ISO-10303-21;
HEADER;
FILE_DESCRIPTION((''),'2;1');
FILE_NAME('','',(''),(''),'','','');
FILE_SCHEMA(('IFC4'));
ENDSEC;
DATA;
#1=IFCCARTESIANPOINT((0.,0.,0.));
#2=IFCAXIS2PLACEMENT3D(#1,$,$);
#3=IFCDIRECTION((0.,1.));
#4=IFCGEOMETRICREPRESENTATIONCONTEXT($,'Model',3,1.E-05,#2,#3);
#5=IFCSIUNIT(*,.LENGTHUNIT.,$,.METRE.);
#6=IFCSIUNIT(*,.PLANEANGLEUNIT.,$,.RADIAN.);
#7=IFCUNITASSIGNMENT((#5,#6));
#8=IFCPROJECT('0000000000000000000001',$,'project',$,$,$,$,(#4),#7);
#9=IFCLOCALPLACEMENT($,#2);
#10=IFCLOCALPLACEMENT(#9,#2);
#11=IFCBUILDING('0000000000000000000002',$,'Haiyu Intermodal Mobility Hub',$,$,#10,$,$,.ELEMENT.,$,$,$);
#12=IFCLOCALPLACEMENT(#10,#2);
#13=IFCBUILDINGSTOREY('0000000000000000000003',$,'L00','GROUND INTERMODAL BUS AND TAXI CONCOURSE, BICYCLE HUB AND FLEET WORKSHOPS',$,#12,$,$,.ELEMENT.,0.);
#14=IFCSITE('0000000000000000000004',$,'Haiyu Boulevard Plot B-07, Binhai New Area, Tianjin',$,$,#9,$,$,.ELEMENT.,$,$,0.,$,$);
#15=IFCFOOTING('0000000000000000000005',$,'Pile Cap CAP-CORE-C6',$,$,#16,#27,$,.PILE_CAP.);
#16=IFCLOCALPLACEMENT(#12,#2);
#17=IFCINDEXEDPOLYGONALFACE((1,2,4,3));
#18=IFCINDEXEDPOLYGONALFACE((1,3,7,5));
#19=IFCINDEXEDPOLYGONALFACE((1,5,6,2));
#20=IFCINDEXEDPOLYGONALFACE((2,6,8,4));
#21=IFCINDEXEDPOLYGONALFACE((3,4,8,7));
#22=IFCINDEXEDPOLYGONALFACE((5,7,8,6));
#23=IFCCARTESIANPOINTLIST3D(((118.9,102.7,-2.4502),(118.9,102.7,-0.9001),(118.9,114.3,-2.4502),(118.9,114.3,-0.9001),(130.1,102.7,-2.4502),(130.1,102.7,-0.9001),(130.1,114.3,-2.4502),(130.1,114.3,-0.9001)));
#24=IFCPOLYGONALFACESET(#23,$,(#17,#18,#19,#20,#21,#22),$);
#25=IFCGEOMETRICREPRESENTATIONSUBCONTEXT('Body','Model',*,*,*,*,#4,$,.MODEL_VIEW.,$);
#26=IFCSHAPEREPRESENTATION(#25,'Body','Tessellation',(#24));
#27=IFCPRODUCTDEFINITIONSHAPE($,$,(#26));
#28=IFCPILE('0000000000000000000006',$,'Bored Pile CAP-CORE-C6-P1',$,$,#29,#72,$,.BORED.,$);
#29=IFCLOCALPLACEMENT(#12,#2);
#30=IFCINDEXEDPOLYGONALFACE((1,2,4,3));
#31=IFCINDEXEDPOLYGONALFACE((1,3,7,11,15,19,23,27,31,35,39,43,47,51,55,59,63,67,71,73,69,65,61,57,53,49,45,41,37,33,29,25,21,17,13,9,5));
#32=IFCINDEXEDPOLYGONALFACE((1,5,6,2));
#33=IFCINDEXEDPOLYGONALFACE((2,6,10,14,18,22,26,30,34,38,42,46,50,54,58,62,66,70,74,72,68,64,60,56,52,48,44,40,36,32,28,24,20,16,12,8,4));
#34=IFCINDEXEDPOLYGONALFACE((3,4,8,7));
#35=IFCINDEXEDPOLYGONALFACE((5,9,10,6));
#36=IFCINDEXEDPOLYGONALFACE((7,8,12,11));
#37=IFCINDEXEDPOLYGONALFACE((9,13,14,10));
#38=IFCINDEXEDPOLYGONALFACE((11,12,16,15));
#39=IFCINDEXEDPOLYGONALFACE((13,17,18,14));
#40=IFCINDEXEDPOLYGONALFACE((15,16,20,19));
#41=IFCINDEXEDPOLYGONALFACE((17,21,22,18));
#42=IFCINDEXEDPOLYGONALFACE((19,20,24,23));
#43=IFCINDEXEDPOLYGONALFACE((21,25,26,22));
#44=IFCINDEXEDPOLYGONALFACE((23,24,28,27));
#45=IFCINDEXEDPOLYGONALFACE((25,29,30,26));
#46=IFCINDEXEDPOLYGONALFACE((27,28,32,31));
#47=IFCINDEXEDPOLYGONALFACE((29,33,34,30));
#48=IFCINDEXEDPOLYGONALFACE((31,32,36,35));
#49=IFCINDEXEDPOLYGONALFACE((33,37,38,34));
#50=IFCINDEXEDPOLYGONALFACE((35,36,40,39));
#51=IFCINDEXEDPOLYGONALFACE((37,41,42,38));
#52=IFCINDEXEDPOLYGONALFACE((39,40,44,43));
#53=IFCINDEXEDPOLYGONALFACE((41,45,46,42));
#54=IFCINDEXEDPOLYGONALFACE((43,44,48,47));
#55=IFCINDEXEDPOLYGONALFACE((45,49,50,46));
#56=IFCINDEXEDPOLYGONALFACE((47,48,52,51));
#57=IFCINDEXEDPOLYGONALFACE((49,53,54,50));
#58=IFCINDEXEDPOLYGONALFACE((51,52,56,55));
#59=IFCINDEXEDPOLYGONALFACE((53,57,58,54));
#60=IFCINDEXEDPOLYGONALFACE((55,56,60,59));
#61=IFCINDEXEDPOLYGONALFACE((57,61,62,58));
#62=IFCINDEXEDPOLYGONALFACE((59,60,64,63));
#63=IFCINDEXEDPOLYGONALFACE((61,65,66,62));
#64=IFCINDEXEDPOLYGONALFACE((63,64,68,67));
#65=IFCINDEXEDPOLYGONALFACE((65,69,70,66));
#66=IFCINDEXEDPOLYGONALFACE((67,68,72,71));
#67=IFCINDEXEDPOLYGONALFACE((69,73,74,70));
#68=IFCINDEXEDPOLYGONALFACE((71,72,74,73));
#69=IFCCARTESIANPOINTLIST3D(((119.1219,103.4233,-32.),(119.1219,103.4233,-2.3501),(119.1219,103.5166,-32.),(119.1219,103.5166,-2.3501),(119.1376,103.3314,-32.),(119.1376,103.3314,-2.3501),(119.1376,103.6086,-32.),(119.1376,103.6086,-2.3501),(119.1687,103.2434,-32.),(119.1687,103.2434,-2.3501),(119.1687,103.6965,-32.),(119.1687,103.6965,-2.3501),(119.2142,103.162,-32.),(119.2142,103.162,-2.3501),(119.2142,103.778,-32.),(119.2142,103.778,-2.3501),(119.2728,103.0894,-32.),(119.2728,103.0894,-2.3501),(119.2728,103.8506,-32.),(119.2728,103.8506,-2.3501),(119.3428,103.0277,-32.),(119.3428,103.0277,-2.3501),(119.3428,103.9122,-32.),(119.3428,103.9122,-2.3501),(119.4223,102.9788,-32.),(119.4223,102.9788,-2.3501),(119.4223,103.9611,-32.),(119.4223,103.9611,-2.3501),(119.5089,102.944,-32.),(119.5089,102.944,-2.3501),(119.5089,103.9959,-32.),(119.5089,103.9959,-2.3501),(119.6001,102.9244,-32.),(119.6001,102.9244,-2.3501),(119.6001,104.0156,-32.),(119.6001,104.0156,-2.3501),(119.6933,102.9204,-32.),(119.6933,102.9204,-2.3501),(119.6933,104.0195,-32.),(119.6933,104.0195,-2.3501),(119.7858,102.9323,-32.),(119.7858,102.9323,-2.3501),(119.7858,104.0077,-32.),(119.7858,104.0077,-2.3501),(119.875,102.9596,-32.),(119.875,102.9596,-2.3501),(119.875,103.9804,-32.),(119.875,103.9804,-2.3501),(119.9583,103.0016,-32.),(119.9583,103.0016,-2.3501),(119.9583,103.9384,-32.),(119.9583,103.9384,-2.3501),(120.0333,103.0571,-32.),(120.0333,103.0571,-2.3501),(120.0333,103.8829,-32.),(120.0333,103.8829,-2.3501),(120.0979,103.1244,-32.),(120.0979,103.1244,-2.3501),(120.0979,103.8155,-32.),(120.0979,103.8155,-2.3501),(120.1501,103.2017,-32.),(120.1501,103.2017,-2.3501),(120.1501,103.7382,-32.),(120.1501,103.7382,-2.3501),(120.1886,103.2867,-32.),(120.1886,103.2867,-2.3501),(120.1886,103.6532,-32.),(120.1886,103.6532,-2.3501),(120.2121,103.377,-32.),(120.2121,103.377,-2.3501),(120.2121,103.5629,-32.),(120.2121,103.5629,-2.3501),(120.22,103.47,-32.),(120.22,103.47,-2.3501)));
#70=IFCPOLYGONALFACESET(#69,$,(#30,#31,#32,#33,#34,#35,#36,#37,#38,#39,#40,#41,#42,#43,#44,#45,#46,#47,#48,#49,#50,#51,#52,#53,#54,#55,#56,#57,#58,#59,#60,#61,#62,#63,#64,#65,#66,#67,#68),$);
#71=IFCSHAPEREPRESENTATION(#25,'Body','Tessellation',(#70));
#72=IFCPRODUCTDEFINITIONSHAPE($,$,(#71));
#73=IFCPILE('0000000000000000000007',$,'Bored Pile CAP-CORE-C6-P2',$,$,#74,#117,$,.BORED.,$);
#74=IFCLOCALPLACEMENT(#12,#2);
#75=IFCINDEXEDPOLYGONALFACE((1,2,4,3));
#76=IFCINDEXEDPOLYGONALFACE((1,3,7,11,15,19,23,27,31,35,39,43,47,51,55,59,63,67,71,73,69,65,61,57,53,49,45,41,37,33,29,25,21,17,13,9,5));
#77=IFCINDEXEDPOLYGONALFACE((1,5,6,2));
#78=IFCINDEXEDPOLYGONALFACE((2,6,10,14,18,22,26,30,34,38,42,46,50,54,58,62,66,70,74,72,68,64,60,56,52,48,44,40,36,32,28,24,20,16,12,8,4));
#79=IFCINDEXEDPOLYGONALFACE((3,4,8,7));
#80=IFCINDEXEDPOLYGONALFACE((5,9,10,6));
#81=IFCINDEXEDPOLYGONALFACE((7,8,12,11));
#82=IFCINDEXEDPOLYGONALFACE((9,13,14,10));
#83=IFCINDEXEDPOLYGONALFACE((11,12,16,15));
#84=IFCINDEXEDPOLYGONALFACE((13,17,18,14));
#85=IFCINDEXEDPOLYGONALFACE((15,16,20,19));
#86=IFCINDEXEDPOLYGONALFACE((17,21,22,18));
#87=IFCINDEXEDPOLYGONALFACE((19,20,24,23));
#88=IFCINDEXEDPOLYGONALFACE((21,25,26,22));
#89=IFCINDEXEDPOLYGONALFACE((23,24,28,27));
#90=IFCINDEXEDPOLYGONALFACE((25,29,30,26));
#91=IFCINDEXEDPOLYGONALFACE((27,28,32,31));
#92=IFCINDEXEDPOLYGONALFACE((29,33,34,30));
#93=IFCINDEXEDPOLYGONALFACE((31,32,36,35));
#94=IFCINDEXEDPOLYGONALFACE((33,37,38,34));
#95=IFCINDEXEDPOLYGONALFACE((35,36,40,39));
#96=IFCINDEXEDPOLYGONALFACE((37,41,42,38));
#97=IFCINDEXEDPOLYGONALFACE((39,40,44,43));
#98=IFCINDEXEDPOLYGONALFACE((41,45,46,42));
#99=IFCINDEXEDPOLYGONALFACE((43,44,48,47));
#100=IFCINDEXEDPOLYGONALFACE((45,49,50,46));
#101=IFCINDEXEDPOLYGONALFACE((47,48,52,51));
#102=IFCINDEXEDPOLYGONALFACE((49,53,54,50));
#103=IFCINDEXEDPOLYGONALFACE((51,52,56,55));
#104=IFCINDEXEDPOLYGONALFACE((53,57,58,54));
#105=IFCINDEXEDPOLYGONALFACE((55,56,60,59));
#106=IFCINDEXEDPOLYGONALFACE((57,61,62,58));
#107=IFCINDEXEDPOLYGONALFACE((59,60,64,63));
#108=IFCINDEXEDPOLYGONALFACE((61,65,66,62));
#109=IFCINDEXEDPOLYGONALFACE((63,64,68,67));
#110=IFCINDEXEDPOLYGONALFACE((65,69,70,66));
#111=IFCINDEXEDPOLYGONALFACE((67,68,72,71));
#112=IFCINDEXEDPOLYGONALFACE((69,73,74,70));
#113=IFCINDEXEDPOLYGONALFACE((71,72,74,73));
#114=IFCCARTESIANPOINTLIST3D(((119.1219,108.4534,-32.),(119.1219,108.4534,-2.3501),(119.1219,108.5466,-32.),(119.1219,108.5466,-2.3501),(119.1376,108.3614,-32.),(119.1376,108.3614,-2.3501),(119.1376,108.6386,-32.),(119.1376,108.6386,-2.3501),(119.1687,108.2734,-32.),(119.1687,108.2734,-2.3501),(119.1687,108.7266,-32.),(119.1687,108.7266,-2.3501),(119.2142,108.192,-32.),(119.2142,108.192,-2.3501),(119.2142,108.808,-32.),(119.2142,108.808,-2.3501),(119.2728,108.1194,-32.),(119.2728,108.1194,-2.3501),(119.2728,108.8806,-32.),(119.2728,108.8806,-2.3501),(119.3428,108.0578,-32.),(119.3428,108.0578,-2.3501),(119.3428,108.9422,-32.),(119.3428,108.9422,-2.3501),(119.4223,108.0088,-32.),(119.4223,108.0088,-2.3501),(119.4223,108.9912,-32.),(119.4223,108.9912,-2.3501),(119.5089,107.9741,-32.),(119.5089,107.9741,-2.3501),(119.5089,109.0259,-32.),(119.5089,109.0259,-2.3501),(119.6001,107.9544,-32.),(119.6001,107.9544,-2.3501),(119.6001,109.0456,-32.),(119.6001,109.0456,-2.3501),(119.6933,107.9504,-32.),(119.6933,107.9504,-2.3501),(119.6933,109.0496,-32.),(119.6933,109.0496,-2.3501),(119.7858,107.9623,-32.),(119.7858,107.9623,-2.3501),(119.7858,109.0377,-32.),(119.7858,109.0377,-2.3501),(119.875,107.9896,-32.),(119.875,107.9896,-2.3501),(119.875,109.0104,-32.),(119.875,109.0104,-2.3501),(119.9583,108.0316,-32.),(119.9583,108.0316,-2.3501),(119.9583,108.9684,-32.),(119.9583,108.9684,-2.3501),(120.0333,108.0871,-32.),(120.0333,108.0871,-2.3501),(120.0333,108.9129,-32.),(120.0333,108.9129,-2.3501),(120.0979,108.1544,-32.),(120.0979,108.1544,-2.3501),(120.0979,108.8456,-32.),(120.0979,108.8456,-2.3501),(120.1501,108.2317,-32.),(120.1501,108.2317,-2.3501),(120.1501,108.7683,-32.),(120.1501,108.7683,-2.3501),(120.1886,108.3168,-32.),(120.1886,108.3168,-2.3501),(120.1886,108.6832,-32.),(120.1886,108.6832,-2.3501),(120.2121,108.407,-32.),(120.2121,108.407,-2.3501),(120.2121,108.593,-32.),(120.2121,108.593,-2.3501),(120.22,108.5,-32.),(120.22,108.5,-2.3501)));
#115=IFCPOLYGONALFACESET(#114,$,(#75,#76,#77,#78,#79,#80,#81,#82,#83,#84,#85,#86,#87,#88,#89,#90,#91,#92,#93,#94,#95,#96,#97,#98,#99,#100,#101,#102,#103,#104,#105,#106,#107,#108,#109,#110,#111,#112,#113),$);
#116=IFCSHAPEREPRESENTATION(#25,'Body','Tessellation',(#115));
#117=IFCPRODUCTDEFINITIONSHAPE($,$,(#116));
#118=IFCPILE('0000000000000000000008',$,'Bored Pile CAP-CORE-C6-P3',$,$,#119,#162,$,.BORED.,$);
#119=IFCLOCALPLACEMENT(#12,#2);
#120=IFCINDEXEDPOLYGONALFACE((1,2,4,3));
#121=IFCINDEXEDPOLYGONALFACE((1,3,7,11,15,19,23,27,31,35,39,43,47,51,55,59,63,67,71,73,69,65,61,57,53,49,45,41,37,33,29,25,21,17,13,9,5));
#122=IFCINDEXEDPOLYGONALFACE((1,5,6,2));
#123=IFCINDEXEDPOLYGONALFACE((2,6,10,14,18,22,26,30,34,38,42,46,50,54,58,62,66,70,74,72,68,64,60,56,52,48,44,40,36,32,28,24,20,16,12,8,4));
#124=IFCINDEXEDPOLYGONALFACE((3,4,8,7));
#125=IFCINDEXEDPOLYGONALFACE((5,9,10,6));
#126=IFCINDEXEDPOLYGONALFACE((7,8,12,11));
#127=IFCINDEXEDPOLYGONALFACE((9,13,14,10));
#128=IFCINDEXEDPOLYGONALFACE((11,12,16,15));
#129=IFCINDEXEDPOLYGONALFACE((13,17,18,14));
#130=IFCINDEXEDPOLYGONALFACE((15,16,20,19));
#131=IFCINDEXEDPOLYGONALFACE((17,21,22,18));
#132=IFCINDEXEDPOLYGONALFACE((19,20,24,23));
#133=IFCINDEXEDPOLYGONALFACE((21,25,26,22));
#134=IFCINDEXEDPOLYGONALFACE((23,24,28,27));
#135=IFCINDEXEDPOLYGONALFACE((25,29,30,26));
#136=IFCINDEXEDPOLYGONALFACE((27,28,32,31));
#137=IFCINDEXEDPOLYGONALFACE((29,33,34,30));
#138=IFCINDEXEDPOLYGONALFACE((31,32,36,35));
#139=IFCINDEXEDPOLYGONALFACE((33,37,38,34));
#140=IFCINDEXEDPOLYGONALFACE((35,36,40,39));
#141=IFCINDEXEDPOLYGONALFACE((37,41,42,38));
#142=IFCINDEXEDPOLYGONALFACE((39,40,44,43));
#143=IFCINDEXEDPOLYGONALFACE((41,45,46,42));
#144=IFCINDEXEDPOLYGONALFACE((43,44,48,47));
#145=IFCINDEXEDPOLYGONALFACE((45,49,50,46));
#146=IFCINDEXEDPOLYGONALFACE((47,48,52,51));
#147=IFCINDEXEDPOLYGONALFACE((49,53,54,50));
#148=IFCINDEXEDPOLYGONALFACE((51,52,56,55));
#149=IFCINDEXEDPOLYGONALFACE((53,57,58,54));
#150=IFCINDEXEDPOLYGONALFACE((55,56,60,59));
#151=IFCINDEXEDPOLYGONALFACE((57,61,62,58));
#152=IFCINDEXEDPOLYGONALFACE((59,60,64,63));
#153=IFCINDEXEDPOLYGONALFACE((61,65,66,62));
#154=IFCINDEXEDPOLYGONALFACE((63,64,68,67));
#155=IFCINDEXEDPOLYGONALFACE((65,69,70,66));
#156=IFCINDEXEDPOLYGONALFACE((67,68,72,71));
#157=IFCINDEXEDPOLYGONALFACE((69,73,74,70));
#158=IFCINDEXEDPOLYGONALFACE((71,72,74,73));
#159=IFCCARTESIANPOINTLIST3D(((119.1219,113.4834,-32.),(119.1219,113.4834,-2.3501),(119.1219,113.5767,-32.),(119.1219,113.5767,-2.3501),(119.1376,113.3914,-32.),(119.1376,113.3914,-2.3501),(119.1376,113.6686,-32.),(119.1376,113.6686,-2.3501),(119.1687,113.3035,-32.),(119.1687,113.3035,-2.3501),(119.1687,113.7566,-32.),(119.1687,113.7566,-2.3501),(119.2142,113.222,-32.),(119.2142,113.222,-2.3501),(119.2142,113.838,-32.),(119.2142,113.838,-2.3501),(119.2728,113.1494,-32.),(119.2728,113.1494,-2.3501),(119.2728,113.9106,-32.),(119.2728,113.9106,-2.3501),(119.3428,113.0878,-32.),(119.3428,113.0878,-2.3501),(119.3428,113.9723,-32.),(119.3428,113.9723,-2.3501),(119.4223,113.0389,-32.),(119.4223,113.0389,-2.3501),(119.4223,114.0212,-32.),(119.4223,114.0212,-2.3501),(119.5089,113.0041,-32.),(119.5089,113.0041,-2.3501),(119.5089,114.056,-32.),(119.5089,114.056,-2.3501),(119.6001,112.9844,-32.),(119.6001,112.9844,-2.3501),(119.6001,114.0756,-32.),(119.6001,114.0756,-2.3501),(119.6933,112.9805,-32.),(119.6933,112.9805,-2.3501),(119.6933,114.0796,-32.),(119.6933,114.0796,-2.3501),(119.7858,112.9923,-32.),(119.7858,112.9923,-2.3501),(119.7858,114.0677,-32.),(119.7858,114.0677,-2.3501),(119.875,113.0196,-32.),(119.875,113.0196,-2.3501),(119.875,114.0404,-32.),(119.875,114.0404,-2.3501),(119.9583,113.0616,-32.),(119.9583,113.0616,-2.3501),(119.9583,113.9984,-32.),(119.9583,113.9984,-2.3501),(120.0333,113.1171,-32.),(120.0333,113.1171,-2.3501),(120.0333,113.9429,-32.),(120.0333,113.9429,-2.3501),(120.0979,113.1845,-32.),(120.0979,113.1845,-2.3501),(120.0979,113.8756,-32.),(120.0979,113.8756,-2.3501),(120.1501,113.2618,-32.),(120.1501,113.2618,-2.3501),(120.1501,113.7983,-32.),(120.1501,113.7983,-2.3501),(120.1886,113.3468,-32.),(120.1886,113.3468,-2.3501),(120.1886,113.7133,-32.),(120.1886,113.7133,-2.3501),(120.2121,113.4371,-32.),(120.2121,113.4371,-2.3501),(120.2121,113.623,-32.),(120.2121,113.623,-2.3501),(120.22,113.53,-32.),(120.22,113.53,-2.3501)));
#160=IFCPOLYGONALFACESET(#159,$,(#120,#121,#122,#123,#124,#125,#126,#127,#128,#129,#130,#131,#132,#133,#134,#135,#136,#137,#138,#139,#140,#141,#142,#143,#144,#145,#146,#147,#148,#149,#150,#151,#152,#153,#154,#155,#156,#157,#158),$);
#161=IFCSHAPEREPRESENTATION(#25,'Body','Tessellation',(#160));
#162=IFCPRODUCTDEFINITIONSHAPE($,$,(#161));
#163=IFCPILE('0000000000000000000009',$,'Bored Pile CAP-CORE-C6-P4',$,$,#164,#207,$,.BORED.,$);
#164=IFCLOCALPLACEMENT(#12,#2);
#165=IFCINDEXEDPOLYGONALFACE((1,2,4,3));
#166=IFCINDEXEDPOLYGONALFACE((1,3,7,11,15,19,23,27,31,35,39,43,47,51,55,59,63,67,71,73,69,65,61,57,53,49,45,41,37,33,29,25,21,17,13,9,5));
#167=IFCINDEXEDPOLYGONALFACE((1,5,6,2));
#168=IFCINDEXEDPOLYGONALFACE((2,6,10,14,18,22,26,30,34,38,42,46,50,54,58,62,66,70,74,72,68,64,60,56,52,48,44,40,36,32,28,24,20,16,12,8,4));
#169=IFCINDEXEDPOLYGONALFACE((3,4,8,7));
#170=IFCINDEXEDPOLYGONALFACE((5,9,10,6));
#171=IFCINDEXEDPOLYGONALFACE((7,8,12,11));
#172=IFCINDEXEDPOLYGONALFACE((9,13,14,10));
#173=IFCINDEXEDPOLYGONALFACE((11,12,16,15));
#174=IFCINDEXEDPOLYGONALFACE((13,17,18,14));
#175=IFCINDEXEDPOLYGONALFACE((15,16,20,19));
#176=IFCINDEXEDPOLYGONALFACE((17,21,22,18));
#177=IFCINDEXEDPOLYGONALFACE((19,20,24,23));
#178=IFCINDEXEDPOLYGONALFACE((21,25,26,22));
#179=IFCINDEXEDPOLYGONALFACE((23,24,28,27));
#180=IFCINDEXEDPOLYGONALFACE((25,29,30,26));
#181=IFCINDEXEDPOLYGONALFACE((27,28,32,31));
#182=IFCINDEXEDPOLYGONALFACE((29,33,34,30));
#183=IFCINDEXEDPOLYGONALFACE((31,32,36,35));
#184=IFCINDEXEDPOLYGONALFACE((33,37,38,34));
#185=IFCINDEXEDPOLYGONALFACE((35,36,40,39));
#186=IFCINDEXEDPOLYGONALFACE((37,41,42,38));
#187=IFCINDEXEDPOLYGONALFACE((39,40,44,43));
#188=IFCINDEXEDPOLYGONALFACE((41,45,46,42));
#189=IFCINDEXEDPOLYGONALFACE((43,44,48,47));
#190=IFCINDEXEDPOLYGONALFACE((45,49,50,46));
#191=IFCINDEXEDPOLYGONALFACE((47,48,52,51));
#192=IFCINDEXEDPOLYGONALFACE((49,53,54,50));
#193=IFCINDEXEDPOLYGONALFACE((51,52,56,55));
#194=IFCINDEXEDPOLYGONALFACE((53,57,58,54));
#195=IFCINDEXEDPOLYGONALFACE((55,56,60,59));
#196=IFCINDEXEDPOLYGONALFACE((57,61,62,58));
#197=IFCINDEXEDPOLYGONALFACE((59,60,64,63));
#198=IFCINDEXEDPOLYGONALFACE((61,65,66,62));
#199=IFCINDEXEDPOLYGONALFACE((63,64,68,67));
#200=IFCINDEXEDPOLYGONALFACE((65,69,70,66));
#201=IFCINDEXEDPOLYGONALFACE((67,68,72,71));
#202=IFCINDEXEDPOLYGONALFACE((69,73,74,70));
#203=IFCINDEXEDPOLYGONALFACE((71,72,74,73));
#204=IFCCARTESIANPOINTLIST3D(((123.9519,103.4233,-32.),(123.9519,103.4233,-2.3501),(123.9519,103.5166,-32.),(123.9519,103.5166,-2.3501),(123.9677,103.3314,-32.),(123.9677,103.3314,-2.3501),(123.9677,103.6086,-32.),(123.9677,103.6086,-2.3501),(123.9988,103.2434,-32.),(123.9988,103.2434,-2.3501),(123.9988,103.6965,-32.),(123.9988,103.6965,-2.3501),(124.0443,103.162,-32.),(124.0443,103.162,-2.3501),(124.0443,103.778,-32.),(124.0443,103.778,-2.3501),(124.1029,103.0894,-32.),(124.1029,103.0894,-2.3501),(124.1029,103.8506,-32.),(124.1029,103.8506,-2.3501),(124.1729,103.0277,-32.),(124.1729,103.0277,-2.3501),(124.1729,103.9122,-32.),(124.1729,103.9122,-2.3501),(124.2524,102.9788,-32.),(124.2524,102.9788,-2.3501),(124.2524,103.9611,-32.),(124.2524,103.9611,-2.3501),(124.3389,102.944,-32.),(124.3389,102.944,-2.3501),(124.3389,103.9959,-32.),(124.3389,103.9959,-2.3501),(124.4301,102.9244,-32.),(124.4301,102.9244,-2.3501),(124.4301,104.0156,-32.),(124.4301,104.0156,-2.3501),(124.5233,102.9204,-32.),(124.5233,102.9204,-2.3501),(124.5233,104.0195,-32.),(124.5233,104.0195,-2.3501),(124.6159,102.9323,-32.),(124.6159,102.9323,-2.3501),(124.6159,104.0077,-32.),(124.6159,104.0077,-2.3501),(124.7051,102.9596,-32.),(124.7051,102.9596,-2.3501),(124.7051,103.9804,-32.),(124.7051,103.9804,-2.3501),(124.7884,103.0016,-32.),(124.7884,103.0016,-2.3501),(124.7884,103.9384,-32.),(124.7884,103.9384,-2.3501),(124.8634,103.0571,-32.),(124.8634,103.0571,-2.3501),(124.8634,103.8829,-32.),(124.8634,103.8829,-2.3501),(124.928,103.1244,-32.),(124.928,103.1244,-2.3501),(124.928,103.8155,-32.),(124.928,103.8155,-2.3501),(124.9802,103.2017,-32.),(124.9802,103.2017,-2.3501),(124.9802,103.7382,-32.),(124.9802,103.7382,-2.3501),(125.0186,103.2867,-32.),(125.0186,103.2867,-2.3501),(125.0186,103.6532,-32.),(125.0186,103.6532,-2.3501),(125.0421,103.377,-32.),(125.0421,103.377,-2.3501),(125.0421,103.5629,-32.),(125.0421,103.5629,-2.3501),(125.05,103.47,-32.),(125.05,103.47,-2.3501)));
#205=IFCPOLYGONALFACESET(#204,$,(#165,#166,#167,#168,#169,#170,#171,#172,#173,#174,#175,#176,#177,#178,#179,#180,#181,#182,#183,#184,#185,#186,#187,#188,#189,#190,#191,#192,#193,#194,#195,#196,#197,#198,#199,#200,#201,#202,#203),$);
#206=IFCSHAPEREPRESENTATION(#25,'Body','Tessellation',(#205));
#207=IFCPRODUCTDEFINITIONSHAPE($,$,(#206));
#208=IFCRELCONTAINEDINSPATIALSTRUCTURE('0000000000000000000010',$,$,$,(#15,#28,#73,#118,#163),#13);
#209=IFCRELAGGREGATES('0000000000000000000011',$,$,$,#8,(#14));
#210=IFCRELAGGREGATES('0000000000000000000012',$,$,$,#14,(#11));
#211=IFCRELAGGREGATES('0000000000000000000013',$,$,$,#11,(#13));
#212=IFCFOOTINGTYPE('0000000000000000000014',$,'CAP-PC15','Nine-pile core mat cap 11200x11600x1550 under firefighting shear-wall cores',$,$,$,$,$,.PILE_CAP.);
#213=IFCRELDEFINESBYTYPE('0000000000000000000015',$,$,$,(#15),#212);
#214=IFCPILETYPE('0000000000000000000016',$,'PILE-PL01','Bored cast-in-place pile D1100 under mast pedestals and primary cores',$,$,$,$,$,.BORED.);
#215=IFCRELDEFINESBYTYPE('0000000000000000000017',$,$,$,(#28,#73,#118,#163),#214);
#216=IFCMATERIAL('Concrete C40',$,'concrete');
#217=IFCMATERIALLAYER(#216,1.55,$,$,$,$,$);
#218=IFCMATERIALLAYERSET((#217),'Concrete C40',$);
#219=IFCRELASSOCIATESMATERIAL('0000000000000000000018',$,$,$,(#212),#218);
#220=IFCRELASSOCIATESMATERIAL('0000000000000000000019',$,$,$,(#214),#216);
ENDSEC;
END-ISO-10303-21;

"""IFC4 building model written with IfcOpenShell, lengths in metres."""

from ifc_helpers import new_model, si_unit, direction, frame, origin, origin_2d, place, context, subcontext, project, spatial, rectangle, circle, extrude, material, layer, layer_set, material_profile, profile_set, type_object, element, save


model = new_model("IFC4")

# Units and contexts
model_context = context("Model", 3, precision=1e-05, world=origin(), true_north=direction((0.0, 1.0)))
body_context = subcontext(model_context, "Body", "Model", "MODEL_VIEW")
ifc_project = project(units=[si_unit("LENGTHUNIT", "METRE"), si_unit("PLANEANGLEUNIT", "RADIAN")], contexts=[model_context])

# Site, building, storey
site_placement = place(None, origin())
site = spatial("IfcSite", under=ifc_project, at=site_placement, Name="Haiyu Boulevard Plot B-07, Binhai New Area, Tianjin", CompositionType="ELEMENT", RefElevation=0.0)
building_placement = place(site_placement, origin())
building = spatial("IfcBuilding", under=site, at=building_placement, Name="Haiyu Intermodal Mobility Hub", CompositionType="ELEMENT")
storey_placement = place(building_placement, origin())
storey = spatial("IfcBuildingStorey", under=building, at=storey_placement, Name="L00", Description="GROUND INTERMODAL BUS AND TAXI CONCOURSE, BICYCLE HUB AND FLEET WORKSHOPS", CompositionType="ELEMENT", Elevation=0.0)

# Footing
ifc_material_1 = material(Name="Concrete C40", Category="concrete")
ifc_layer_1 = layer(ifc_material_1, 1.55)
ifc_layer_set_1 = layer_set([ifc_layer_1], Name="Concrete C40")
footing_type = type_object("IfcFootingType", Name="CAP-PC15", Description="Nine-pile core mat cap 11200x11600x1550 under firefighting shear-wall cores", PredefinedType="PILE_CAP", material=ifc_layer_set_1)
footing_placement = place(storey_placement, frame((124.5, 108.5, -2.4502), z_axis=(0.0, 0.0, 1.0), x_axis=(1.0, 0.0, 0.0)))
element("IfcFooting", 1, at=footing_placement, inside=storey, type_object=footing_type, Name="Pile Cap CAP-CORE-C6", PredefinedType="PILE_CAP", context=body_context, shape_type="SweptSolid", body=[
    extrude(rectangle(XDim=11.2, YDim=11.6001, at=origin_2d()), origin(), (0.0, 0.0, 1.0), 1.55),
])

# Piles
ifc_material_profile_1 = material_profile(ifc_material_1, circle(Radius=0.55, at=origin_2d()), Name="PILE-D1100")
ifc_profile_set_1 = profile_set([ifc_material_profile_1], Name="Concrete C40")
pile_type_1 = type_object("IfcPileType", Name="PILE-PL01", Description="Bored cast-in-place pile D1100 under mast pedestals and primary cores", PredefinedType="BORED", material=ifc_profile_set_1)
for number, where, z_axis, x_axis, name in (
    (2, (119.6699, 103.47, -2.3501), (0.0, 0.0, -1.0), (1.0, 0.0, 0.0), "Bored Pile CAP-CORE-C6-P1"),
    (3, (119.6699, 108.5, -2.3501), (0.0, 0.0, -1.0), (1.0, 0.0, 0.0), "Bored Pile CAP-CORE-C6-P2"),
    (4, (119.6699, 113.53, -2.3501), (0.0, 0.0, -1.0), (1.0, 0.0, 0.0), "Bored Pile CAP-CORE-C6-P3"),
    (5, (124.5, 103.47, -2.3501), (0.0, 0.0, -1.0), (1.0, 0.0, 0.0), "Bored Pile CAP-CORE-C6-P4"),
):
    element("IfcPile", number, at=place(storey_placement, frame(where, z_axis=z_axis, x_axis=x_axis)), inside=storey, type_object=pile_type_1, Name=name, PredefinedType="BORED", context=body_context, shape_type="SweptSolid", body=[
        extrude(circle(Radius=0.55, at=origin_2d()), origin(), (0.0, 0.0, 1.0), 29.6499),
    ])

save(model, "model.ifc")
